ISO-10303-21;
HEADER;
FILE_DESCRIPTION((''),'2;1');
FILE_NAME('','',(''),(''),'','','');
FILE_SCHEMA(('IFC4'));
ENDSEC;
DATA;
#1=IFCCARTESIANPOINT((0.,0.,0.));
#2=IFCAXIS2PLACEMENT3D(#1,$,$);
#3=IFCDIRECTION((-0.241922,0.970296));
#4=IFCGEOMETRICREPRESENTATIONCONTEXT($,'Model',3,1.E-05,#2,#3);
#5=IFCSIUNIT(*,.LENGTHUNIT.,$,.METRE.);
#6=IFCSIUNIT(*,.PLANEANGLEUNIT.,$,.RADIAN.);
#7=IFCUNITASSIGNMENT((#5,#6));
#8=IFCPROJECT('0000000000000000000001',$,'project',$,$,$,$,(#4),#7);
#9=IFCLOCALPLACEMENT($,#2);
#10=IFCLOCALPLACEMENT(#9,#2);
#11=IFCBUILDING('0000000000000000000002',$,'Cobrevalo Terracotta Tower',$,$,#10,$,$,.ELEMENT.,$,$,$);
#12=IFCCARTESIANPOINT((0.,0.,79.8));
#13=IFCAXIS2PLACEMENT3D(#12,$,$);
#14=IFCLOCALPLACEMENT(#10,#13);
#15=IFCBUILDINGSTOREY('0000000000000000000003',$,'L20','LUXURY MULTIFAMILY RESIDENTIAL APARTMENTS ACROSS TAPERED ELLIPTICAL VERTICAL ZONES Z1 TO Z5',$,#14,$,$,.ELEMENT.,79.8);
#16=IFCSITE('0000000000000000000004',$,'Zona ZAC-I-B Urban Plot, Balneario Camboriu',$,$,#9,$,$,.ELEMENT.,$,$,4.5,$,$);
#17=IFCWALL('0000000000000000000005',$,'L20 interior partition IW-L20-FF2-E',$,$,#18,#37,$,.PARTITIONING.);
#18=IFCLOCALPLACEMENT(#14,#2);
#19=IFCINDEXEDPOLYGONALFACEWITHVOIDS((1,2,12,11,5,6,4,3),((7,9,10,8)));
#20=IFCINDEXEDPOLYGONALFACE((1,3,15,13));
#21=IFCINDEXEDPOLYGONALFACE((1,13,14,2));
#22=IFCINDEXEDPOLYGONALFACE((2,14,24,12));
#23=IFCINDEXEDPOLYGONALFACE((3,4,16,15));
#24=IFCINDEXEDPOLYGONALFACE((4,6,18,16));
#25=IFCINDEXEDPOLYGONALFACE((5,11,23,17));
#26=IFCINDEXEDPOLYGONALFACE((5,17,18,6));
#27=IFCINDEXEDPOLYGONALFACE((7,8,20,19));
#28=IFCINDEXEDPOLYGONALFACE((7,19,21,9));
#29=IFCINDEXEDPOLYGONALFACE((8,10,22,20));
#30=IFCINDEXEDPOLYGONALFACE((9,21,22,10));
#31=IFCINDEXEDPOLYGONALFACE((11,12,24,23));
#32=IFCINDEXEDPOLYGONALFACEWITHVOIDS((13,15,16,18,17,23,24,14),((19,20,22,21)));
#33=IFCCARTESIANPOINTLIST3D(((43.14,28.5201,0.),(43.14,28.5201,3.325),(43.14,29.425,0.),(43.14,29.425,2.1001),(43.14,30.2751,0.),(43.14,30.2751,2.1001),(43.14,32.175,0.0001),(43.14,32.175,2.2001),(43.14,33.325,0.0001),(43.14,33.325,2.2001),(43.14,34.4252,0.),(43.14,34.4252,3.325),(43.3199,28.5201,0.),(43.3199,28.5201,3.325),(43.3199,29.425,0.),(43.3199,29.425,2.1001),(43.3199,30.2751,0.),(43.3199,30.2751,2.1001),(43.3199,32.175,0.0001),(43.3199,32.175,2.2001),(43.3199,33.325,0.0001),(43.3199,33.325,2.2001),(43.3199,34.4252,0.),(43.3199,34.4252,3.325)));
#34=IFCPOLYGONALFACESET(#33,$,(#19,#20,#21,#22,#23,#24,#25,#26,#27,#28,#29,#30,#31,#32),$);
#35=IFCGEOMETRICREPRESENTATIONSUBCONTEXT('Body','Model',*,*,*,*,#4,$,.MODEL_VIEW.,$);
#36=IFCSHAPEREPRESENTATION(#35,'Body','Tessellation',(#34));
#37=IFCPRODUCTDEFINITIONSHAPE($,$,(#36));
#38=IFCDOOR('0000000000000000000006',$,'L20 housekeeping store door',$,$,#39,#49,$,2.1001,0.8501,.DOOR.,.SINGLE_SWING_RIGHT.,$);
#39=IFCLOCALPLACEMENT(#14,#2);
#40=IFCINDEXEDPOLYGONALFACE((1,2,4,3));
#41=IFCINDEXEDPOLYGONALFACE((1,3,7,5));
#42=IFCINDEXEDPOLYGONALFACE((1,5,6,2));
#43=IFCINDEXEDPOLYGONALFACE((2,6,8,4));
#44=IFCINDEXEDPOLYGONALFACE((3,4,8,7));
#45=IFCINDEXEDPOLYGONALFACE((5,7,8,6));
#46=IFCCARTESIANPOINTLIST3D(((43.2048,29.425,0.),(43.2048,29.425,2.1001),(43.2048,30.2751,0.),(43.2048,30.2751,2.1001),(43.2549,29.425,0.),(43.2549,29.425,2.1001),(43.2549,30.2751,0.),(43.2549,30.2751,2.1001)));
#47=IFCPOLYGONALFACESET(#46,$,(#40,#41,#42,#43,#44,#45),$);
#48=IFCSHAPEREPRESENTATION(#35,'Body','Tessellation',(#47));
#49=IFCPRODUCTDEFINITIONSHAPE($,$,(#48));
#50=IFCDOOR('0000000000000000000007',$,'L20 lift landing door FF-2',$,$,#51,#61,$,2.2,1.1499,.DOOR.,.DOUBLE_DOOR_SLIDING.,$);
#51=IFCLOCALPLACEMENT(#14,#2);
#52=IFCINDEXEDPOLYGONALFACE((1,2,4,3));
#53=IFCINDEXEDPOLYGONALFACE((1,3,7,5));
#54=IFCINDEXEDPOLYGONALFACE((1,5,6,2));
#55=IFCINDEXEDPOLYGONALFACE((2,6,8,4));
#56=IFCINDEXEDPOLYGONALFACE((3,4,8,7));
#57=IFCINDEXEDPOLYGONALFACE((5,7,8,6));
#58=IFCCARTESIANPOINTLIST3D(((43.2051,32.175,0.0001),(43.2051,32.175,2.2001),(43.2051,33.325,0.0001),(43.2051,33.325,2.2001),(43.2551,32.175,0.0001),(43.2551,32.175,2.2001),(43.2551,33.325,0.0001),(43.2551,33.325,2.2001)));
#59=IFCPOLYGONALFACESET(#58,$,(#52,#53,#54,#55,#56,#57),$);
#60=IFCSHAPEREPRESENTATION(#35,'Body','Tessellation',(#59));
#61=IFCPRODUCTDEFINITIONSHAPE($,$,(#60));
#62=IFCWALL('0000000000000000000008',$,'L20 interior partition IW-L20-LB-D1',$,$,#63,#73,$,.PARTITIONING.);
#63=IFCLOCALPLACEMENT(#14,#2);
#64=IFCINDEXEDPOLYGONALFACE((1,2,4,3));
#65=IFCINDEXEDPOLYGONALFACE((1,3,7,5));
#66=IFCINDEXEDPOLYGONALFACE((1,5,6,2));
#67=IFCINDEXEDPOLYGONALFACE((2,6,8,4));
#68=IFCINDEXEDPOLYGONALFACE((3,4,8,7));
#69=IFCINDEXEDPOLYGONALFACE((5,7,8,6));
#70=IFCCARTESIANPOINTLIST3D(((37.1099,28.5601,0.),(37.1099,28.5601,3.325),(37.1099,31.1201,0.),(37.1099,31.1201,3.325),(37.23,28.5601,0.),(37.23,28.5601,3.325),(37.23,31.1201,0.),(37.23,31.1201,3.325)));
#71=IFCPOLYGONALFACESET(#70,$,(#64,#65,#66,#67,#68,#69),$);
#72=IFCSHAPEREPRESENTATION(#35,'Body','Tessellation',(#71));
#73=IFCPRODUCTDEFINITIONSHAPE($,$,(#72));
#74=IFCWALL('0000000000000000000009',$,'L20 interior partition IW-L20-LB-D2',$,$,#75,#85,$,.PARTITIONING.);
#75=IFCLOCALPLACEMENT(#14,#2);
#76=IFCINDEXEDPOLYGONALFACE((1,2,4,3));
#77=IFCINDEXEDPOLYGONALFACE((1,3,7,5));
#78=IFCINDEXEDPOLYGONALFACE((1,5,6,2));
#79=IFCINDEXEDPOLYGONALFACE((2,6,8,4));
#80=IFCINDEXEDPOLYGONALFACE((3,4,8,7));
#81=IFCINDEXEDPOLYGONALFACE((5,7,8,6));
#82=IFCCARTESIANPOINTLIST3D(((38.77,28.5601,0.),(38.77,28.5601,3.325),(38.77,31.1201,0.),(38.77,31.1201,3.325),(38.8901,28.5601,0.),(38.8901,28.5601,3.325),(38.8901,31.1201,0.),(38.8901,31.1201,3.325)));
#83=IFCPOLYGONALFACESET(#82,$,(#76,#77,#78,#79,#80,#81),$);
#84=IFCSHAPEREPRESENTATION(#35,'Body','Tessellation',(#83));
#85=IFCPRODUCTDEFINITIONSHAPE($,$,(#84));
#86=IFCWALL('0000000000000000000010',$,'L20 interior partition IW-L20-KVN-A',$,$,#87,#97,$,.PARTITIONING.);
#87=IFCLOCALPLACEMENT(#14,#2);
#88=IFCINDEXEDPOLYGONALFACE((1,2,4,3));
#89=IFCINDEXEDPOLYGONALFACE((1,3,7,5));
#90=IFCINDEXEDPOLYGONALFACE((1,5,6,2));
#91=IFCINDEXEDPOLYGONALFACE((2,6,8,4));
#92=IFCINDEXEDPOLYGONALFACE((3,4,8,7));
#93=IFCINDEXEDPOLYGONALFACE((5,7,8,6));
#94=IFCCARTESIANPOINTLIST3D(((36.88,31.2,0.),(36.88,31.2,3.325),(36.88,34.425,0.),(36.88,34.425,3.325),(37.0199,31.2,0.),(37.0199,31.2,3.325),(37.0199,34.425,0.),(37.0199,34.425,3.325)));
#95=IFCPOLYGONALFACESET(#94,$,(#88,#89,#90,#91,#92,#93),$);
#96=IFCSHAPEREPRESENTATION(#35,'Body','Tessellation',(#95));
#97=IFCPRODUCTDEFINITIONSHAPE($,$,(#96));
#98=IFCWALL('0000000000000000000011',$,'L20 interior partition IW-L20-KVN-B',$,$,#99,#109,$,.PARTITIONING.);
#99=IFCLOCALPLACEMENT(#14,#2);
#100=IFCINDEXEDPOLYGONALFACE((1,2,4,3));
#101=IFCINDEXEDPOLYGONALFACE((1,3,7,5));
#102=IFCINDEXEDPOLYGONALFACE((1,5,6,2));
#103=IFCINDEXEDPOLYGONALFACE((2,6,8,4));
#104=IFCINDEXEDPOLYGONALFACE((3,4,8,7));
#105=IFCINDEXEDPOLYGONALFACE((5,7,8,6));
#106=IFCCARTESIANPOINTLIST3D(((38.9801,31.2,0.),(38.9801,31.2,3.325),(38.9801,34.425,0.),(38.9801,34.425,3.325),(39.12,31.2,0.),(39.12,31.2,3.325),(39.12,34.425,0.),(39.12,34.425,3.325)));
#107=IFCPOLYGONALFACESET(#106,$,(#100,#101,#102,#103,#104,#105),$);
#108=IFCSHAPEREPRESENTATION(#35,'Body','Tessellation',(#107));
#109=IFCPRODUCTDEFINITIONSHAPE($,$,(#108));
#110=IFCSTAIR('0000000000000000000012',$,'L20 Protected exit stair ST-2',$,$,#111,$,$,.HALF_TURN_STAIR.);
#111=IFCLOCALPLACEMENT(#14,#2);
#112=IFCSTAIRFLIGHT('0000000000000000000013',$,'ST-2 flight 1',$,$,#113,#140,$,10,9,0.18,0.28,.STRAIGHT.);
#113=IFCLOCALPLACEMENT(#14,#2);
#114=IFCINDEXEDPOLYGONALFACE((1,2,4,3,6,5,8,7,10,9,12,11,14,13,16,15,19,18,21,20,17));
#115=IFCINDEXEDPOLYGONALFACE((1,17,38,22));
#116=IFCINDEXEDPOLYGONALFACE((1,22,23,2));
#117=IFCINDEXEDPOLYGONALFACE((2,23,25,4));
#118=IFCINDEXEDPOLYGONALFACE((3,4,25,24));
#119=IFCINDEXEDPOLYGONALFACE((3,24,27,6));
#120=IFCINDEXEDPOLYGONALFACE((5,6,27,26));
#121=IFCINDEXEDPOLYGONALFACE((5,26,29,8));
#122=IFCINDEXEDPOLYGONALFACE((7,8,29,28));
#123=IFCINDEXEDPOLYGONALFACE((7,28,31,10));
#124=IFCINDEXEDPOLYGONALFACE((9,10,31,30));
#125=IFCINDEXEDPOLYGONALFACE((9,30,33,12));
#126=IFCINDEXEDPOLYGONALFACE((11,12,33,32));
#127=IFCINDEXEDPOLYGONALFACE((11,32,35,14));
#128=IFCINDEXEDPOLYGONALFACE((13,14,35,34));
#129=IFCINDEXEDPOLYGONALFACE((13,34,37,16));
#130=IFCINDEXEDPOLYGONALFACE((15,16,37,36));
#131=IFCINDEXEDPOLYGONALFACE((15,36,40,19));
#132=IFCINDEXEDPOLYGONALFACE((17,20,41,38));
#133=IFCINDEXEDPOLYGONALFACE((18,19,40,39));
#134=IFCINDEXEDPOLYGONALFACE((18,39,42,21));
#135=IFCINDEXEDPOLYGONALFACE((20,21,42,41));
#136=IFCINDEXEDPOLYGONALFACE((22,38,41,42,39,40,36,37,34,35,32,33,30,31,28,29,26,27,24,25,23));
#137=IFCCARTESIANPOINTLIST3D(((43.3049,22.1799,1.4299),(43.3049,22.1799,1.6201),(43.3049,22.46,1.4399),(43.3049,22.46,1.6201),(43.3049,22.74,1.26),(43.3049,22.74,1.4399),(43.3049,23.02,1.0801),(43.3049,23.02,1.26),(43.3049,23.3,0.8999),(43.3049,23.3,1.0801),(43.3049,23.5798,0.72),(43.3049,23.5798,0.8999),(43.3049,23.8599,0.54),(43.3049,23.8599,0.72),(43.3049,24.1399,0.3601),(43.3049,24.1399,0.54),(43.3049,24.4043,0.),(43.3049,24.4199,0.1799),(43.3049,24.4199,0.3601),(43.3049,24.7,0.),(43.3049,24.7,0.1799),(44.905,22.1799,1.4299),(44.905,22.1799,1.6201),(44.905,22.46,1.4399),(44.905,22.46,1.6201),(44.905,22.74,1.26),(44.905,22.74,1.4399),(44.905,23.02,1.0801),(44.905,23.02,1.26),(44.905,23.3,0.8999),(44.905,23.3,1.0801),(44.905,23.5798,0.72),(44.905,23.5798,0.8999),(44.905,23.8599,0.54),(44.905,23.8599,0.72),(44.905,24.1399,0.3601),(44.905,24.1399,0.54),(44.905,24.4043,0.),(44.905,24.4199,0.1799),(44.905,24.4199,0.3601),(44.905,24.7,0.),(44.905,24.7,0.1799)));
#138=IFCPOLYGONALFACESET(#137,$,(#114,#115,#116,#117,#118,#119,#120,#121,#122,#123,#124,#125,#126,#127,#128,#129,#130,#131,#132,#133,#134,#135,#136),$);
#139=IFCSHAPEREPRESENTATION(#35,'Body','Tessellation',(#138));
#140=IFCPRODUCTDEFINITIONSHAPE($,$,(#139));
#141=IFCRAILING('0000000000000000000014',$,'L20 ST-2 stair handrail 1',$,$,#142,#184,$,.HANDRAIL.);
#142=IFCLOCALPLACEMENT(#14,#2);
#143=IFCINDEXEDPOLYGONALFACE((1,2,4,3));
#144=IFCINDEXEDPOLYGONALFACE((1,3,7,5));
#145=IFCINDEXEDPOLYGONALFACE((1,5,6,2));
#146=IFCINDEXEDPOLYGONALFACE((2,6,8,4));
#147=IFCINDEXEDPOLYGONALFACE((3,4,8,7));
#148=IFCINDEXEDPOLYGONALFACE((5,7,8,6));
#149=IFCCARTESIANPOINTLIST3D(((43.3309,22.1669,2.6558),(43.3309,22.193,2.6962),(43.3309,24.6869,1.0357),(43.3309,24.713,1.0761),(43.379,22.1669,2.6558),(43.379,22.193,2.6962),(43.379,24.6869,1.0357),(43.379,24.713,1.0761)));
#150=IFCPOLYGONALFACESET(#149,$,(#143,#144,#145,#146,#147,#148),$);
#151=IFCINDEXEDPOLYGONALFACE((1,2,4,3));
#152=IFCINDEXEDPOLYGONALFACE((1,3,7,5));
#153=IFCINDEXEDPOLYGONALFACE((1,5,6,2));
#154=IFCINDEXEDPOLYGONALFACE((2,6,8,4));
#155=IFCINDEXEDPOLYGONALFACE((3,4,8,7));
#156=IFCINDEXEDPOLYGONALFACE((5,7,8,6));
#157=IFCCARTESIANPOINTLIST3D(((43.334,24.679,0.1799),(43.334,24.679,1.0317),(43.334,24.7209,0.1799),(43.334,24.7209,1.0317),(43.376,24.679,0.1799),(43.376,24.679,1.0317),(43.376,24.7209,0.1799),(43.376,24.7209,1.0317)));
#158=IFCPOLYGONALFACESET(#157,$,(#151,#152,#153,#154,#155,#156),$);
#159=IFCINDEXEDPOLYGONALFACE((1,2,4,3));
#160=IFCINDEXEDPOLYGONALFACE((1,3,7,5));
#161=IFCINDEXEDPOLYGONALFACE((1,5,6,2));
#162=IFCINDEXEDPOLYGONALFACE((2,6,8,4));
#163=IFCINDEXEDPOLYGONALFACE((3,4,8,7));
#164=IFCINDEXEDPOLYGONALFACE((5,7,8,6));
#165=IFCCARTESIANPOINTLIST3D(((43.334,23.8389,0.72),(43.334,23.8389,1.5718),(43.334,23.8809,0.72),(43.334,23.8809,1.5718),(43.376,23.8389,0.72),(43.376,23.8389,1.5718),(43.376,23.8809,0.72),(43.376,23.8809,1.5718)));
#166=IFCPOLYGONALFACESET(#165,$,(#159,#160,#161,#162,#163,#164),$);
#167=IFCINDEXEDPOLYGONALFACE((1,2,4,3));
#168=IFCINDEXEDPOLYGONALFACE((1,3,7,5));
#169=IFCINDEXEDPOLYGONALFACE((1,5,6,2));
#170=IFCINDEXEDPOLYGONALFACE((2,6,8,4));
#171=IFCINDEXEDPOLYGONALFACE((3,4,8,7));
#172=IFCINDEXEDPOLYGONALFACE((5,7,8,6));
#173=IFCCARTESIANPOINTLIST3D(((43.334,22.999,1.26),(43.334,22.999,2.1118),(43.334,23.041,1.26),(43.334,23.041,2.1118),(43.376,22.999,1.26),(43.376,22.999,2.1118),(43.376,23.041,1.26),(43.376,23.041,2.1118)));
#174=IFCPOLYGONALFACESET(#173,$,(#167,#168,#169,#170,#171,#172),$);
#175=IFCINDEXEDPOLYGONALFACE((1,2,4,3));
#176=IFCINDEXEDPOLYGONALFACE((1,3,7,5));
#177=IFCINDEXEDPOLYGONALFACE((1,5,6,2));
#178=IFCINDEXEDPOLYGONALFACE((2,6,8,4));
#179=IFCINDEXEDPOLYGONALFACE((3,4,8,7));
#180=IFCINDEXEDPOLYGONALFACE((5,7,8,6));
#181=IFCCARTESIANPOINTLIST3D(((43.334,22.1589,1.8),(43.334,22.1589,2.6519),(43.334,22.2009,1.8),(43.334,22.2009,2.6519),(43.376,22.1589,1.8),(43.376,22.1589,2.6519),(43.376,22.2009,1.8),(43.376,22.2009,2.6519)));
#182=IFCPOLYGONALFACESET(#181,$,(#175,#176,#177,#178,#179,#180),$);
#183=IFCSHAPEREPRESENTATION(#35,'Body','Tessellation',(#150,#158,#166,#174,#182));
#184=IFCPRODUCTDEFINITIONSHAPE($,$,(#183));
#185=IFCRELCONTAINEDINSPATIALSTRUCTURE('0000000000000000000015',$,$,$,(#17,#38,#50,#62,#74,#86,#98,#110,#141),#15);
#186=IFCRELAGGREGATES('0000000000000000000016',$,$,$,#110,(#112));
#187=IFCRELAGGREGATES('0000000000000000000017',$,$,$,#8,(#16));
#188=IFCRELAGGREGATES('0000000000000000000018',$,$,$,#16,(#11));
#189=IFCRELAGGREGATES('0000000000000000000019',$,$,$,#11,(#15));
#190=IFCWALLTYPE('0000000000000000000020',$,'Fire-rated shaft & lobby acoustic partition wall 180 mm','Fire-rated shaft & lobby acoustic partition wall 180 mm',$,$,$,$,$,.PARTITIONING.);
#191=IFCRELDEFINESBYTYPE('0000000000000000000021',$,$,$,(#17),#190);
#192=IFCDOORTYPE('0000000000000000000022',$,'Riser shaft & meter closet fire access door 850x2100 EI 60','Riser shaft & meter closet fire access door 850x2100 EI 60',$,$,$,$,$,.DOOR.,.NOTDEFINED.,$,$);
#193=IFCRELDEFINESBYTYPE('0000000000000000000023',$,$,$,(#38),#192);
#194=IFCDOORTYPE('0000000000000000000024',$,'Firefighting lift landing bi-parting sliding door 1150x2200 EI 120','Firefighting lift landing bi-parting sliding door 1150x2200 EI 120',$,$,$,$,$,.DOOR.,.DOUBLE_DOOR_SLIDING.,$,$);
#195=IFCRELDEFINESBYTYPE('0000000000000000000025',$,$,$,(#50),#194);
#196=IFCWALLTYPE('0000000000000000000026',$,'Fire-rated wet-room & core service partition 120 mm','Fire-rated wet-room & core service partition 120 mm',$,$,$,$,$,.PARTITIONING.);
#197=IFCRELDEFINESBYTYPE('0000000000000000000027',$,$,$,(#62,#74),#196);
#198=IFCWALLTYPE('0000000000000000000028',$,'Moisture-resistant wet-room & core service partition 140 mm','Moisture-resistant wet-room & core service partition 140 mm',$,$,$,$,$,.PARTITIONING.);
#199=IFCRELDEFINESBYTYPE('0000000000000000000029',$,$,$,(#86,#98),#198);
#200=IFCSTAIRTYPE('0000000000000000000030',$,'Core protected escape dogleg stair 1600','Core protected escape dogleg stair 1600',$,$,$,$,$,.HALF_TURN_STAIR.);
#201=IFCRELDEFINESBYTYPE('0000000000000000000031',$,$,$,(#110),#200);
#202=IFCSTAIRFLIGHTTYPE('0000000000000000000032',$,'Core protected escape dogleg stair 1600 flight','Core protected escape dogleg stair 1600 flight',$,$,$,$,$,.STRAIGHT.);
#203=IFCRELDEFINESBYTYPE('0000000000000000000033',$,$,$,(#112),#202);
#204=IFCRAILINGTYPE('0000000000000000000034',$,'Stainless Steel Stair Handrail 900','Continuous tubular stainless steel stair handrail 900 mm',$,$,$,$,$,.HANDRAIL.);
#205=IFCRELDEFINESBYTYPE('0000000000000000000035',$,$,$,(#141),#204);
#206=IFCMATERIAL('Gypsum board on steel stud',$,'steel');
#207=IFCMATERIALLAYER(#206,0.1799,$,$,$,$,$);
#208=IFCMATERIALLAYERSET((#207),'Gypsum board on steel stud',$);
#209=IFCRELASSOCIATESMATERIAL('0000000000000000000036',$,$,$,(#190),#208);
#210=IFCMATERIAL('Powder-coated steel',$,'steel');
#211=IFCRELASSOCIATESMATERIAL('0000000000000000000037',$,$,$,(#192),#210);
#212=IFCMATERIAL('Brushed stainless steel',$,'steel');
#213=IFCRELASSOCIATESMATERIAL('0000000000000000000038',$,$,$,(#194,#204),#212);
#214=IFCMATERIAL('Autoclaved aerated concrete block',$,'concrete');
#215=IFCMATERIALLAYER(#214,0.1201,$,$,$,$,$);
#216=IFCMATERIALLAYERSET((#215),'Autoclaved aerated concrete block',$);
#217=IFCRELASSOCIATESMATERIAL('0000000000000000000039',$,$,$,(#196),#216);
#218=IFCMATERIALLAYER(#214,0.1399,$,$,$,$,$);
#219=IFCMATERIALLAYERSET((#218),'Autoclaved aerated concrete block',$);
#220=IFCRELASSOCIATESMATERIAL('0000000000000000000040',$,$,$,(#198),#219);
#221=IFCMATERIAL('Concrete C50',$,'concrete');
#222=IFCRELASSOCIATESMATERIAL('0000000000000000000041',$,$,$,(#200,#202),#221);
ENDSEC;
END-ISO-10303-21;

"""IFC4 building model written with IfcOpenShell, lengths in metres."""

from ifc_helpers import new_model, si_unit, direction, frame, frame_2d, origin, origin_2d, place, context, subcontext, project, spatial, polyline, rectangle, outline, extrude, source, transform, mapped, material, layer, layer_set, type_object, element, fill, aggregate, save


model = new_model("IFC4")

# Units and contexts
model_context = context("Model", 3, precision=1e-05, world=origin(), true_north=direction((-0.241922, 0.970296)))
body_context = subcontext(model_context, "Body", "Model", "MODEL_VIEW")
ifc_project = project(units=[si_unit("LENGTHUNIT", "METRE"), si_unit("PLANEANGLEUNIT", "RADIAN")], contexts=[model_context])

# Site, building, storey
site_placement = place(None, origin())
site = spatial("IfcSite", under=ifc_project, at=site_placement, Name="Zona ZAC-I-B Urban Plot, Balneario Camboriu", CompositionType="ELEMENT", RefElevation=4.5)
building_placement = place(site_placement, origin())
building = spatial("IfcBuilding", under=site, at=building_placement, Name="Cobrevalo Terracotta Tower", CompositionType="ELEMENT")
storey_placement = place(building_placement, frame((0.0, 0.0, 79.8)))
storey = spatial("IfcBuildingStorey", under=building, at=storey_placement, Name="L20", Description="LUXURY MULTIFAMILY RESIDENTIAL APARTMENTS ACROSS TAPERED ELLIPTICAL VERTICAL ZONES Z1 TO Z5", CompositionType="ELEMENT", Elevation=79.8)

# Shared definitions
ifc_material_1 = material(Name="Gypsum board on steel stud", Category="steel")

# Shared definitions
ifc_material_2 = material(Name="Brushed stainless steel", Category="steel")

# Shared definitions
ifc_layer_1 = layer(ifc_material_1, 0.1799)
ifc_layer_set_1 = layer_set([ifc_layer_1], Name="Gypsum board on steel stud")
wall_type_1 = type_object("IfcWallType", Name="Fire-rated shaft & lobby acoustic partition wall 180 mm", Description="Fire-rated shaft & lobby acoustic partition wall 180 mm", PredefinedType="PARTITIONING", material=ifc_layer_set_1)
ifc_material_3 = material(Name="Powder-coated steel", Category="steel")
door_type_1 = type_object("IfcDoorType", Name="Riser shaft & meter closet fire access door 850x2100 EI 60", Description="Riser shaft & meter closet fire access door 850x2100 EI 60", OperationType="NOTDEFINED", PredefinedType="DOOR", material=ifc_material_3)
shared_shape_1 = source(origin(), body_context, "Body", "SweptSolid", [
    extrude(rectangle(XDim=0.8501, YDim=2.1001, at=frame_2d((0.425, 1.05))), frame((0.0, 0.0249, 0.0), z_axis=(0.0, -1.0, 0.0), x_axis=(1.0, 0.0, 0.0)), (0.0, 0.0, 1.0), 0.05),
])

# Wall, openings, doors
wall_1_placement = place(storey_placement, frame((43.23, 28.52, 0.0), z_axis=(0.0, 0.0, 1.0), x_axis=(0.0, 1.0, 0.0)))
wall_1 = element("IfcWall", 1, at=wall_1_placement, inside=storey, type_object=wall_type_1, Name="L20 interior partition IW-L20-FF2-E", PredefinedType="PARTITIONING", context=body_context, shape_type="SweptSolid", body=[
    extrude(rectangle(XDim=5.905, YDim=0.1799, at=frame_2d((2.9526, 0.0))), origin(), (0.0, 0.0, 1.0), 3.325),
])
opening_1_placement = place(wall_1_placement, frame((0.905, 0.0, 0.0)))
opening_1 = element("IfcOpeningElement", 2, at=opening_1_placement, cuts=wall_1, PredefinedType="OPENING", context=body_context, shape_type="SweptSolid", body=[
    extrude(rectangle(XDim=0.8501, YDim=2.1001, at=frame_2d((0.425, 1.05))), frame((0.0, 0.1001, 0.0), z_axis=(0.0, -1.0, 0.0), x_axis=(1.0, 0.0, 0.0)), (0.0, 0.0, 1.0), 0.2),
])
opening_2_placement = place(wall_1_placement, frame((3.655, 0.0, 0.0)))
opening_2 = element("IfcOpeningElement", 3, at=opening_2_placement, cuts=wall_1, PredefinedType="OPENING", context=body_context, shape_type="SweptSolid", body=[
    extrude(rectangle(XDim=1.1499, YDim=2.2, at=frame_2d((0.575, 1.1001))), frame((0.0, 0.1001, 0.0), z_axis=(0.0, -1.0, 0.0), x_axis=(1.0, 0.0, 0.0)), (0.0, 0.0, 1.0), 0.2),
])
door_1_placement = place(opening_1_placement, frame((0.8501, 0.0, 0.0), z_axis=(0.0, 0.0, 1.0), x_axis=(-1.0, 0.0, 0.0)))
door_1 = element("IfcDoor", 4, at=door_1_placement, inside=storey, type_object=door_type_1, Name="L20 housekeeping store door", OperationType="SINGLE_SWING_RIGHT", OverallHeight=2.1001, OverallWidth=0.8501, PredefinedType="DOOR", context=body_context, shape_type="MappedRepresentation", body=[
    mapped(shared_shape_1, transform((0.0, 0.0, 0.0), scale=1.0)),
])
fill(opening_1, door_1)
door_type_2 = type_object("IfcDoorType", Name="Firefighting lift landing bi-parting sliding door 1150x2200 EI 120", Description="Firefighting lift landing bi-parting sliding door 1150x2200 EI 120", OperationType="DOUBLE_DOOR_SLIDING", PredefinedType="DOOR", material=ifc_material_2)
shared_shape_2 = source(origin(), body_context, "Body", "SweptSolid", [
    extrude(rectangle(XDim=1.1499, YDim=2.2, at=frame_2d((0.575, 1.1001))), frame((0.0, 0.0249, 0.0), z_axis=(0.0, -1.0, 0.0), x_axis=(1.0, 0.0, 0.0)), (0.0, 0.0, 1.0), 0.05),
])
door_2_placement = place(opening_2_placement, origin())
door_2 = element("IfcDoor", 5, at=door_2_placement, inside=storey, type_object=door_type_2, Name="L20 lift landing door FF-2", OperationType="DOUBLE_DOOR_SLIDING", OverallHeight=2.2, OverallWidth=1.1499, PredefinedType="DOOR", context=body_context, shape_type="MappedRepresentation", body=[
    mapped(shared_shape_2, transform((0.0, 0.0, 0.0), scale=1.0)),
])
fill(opening_2, door_2)

# Walls
ifc_material_4 = material(Name="Autoclaved aerated concrete block", Category="concrete")
ifc_layer_2 = layer(ifc_material_4, 0.1201)
ifc_layer_set_2 = layer_set([ifc_layer_2], Name="Autoclaved aerated concrete block")
wall_type_2 = type_object("IfcWallType", Name="Fire-rated wet-room & core service partition 120 mm", Description="Fire-rated wet-room & core service partition 120 mm", PredefinedType="PARTITIONING", material=ifc_layer_set_2)
for number, where, z_axis, x_axis, name in (
    (6, (37.1699, 28.5601, 0.0), (0.0, 0.0, 1.0), (0.0, 1.0, 0.0), "L20 interior partition IW-L20-LB-D1"),
    (7, (38.8301, 28.5601, 0.0), (0.0, 0.0, 1.0), (0.0, 1.0, 0.0), "L20 interior partition IW-L20-LB-D2"),
):
    element("IfcWall", number, at=place(storey_placement, frame(where, z_axis=z_axis, x_axis=x_axis)), inside=storey, type_object=wall_type_2, Name=name, PredefinedType="PARTITIONING", context=body_context, shape_type="SweptSolid", body=[
        extrude(rectangle(XDim=2.5601, YDim=0.1201, at=frame_2d((1.28, 0.0))), origin(), (0.0, 0.0, 1.0), 3.325),
    ])
ifc_layer_3 = layer(ifc_material_4, 0.1399)
ifc_layer_set_3 = layer_set([ifc_layer_3], Name="Autoclaved aerated concrete block")
wall_type_3 = type_object("IfcWallType", Name="Moisture-resistant wet-room & core service partition 140 mm", Description="Moisture-resistant wet-room & core service partition 140 mm", PredefinedType="PARTITIONING", material=ifc_layer_set_3)
for number, where, z_axis, x_axis, name in (
    (8, (36.95, 31.2, 0.0), (0.0, 0.0, 1.0), (0.0, 1.0, 0.0), "L20 interior partition IW-L20-KVN-A"),
    (9, (39.05, 31.2, 0.0), (0.0, 0.0, 1.0), (0.0, 1.0, 0.0), "L20 interior partition IW-L20-KVN-B"),
):
    element("IfcWall", number, at=place(storey_placement, frame(where, z_axis=z_axis, x_axis=x_axis)), inside=storey, type_object=wall_type_3, Name=name, PredefinedType="PARTITIONING", context=body_context, shape_type="SweptSolid", body=[
        extrude(rectangle(XDim=3.2251, YDim=0.1399, at=frame_2d((1.6125, 0.0))), origin(), (0.0, 0.0, 1.0), 3.325),
    ])

# Shared definitions
ifc_material_5 = material(Name="Concrete C50", Category="concrete")

# Stair, stair flight
stair_type = type_object("IfcStairType", Name="Core protected escape dogleg stair 1600", Description="Core protected escape dogleg stair 1600", PredefinedType="HALF_TURN_STAIR", material=ifc_material_5)
stair_placement = place(storey_placement, origin())
stair = element("IfcStair", 10, at=stair_placement, inside=storey, type_object=stair_type, Name="L20 Protected exit stair ST-2", PredefinedType="HALF_TURN_STAIR")
stair_flight_type = type_object("IfcStairFlightType", Name="Core protected escape dogleg stair 1600 flight", Description="Core protected escape dogleg stair 1600 flight", PredefinedType="STRAIGHT", material=ifc_material_5)
stair_flight_placement = place(storey_placement, frame((44.105, 24.7, 0.0), z_axis=(0.0, 0.0, 1.0), x_axis=(0.0, -1.0, 0.0)))
stair_flight = element("IfcStairFlight", 11, at=stair_flight_placement, type_object=stair_flight_type, Name="ST-2 flight 1", NumberOfRisers=10, NumberOfTreads=9, PredefinedType="STRAIGHT", RiserHeight=0.18, TreadLength=0.28, context=body_context, shape_type="SweptSolid", body=[
    extrude(outline(polyline([(0.0, 0.0), (0.0, 0.1799), (0.28, 0.1799), (0.28, 0.3601), (0.5601, 0.3601), (0.5601, 0.54), (0.8401, 0.54), (0.8401, 0.72), (1.1201, 0.72), (1.1201, 0.8999), (1.3999, 0.8999), (1.3999, 1.0801), (1.6799, 1.0801), (1.6799, 1.26), (1.96, 1.26), (1.96, 1.4399), (2.24, 1.4399), (2.24, 1.6201), (2.52, 1.6201), (2.52, 1.8), (2.52, 1.4299), (0.2957, 0.0), (0.0, 0.0)])), frame((0.0, 0.8, 0.0), z_axis=(0.0, -1.0, 0.0), x_axis=(1.0, 0.0, 0.0)), (0.0, 0.0, 1.0), 1.6001),
])
aggregate(stair, [stair_flight])

# Railing
railing_type_1 = type_object("IfcRailingType", Name="Stainless Steel Stair Handrail 900", Description="Continuous tubular stainless steel stair handrail 900 mm", PredefinedType="HANDRAIL", material=ifc_material_2)
railing_1_placement = place(storey_placement, frame((43.355, 24.7, 0.1799)))
element("IfcRailing", 12, at=railing_1_placement, inside=storey, type_object=railing_type_1, Name="L20 ST-2 stair handrail 1", PredefinedType="HANDRAIL", context=body_context, shape_type="SweptSolid", body=[
    extrude(rectangle(XDim=0.0481, YDim=0.0481, at=origin_2d()), frame((0.0, 0.0, 0.876), z_axis=(0.0, -0.841163, 0.540782), x_axis=(1.0, 0.0, 0.0)), (0.0, 0.0, 1.0), 2.9958),
    extrude(rectangle(XDim=0.042, YDim=0.042, at=origin_2d()), origin(), (0.0, 0.0, 1.0), 0.8518),
    extrude(rectangle(XDim=0.042, YDim=0.042, at=origin_2d()), frame((0.0, -0.8401, 0.54)), (0.0, 0.0, 1.0), 0.8518),
    extrude(rectangle(XDim=0.042, YDim=0.042, at=origin_2d()), frame((0.0, -1.6799, 1.0801)), (0.0, 0.0, 1.0), 0.8518),
    extrude(rectangle(XDim=0.042, YDim=0.042, at=origin_2d()), frame((0.0, -2.52, 1.6201)), (0.0, 0.0, 1.0), 0.8518),
])

save(model, "model.ifc")
